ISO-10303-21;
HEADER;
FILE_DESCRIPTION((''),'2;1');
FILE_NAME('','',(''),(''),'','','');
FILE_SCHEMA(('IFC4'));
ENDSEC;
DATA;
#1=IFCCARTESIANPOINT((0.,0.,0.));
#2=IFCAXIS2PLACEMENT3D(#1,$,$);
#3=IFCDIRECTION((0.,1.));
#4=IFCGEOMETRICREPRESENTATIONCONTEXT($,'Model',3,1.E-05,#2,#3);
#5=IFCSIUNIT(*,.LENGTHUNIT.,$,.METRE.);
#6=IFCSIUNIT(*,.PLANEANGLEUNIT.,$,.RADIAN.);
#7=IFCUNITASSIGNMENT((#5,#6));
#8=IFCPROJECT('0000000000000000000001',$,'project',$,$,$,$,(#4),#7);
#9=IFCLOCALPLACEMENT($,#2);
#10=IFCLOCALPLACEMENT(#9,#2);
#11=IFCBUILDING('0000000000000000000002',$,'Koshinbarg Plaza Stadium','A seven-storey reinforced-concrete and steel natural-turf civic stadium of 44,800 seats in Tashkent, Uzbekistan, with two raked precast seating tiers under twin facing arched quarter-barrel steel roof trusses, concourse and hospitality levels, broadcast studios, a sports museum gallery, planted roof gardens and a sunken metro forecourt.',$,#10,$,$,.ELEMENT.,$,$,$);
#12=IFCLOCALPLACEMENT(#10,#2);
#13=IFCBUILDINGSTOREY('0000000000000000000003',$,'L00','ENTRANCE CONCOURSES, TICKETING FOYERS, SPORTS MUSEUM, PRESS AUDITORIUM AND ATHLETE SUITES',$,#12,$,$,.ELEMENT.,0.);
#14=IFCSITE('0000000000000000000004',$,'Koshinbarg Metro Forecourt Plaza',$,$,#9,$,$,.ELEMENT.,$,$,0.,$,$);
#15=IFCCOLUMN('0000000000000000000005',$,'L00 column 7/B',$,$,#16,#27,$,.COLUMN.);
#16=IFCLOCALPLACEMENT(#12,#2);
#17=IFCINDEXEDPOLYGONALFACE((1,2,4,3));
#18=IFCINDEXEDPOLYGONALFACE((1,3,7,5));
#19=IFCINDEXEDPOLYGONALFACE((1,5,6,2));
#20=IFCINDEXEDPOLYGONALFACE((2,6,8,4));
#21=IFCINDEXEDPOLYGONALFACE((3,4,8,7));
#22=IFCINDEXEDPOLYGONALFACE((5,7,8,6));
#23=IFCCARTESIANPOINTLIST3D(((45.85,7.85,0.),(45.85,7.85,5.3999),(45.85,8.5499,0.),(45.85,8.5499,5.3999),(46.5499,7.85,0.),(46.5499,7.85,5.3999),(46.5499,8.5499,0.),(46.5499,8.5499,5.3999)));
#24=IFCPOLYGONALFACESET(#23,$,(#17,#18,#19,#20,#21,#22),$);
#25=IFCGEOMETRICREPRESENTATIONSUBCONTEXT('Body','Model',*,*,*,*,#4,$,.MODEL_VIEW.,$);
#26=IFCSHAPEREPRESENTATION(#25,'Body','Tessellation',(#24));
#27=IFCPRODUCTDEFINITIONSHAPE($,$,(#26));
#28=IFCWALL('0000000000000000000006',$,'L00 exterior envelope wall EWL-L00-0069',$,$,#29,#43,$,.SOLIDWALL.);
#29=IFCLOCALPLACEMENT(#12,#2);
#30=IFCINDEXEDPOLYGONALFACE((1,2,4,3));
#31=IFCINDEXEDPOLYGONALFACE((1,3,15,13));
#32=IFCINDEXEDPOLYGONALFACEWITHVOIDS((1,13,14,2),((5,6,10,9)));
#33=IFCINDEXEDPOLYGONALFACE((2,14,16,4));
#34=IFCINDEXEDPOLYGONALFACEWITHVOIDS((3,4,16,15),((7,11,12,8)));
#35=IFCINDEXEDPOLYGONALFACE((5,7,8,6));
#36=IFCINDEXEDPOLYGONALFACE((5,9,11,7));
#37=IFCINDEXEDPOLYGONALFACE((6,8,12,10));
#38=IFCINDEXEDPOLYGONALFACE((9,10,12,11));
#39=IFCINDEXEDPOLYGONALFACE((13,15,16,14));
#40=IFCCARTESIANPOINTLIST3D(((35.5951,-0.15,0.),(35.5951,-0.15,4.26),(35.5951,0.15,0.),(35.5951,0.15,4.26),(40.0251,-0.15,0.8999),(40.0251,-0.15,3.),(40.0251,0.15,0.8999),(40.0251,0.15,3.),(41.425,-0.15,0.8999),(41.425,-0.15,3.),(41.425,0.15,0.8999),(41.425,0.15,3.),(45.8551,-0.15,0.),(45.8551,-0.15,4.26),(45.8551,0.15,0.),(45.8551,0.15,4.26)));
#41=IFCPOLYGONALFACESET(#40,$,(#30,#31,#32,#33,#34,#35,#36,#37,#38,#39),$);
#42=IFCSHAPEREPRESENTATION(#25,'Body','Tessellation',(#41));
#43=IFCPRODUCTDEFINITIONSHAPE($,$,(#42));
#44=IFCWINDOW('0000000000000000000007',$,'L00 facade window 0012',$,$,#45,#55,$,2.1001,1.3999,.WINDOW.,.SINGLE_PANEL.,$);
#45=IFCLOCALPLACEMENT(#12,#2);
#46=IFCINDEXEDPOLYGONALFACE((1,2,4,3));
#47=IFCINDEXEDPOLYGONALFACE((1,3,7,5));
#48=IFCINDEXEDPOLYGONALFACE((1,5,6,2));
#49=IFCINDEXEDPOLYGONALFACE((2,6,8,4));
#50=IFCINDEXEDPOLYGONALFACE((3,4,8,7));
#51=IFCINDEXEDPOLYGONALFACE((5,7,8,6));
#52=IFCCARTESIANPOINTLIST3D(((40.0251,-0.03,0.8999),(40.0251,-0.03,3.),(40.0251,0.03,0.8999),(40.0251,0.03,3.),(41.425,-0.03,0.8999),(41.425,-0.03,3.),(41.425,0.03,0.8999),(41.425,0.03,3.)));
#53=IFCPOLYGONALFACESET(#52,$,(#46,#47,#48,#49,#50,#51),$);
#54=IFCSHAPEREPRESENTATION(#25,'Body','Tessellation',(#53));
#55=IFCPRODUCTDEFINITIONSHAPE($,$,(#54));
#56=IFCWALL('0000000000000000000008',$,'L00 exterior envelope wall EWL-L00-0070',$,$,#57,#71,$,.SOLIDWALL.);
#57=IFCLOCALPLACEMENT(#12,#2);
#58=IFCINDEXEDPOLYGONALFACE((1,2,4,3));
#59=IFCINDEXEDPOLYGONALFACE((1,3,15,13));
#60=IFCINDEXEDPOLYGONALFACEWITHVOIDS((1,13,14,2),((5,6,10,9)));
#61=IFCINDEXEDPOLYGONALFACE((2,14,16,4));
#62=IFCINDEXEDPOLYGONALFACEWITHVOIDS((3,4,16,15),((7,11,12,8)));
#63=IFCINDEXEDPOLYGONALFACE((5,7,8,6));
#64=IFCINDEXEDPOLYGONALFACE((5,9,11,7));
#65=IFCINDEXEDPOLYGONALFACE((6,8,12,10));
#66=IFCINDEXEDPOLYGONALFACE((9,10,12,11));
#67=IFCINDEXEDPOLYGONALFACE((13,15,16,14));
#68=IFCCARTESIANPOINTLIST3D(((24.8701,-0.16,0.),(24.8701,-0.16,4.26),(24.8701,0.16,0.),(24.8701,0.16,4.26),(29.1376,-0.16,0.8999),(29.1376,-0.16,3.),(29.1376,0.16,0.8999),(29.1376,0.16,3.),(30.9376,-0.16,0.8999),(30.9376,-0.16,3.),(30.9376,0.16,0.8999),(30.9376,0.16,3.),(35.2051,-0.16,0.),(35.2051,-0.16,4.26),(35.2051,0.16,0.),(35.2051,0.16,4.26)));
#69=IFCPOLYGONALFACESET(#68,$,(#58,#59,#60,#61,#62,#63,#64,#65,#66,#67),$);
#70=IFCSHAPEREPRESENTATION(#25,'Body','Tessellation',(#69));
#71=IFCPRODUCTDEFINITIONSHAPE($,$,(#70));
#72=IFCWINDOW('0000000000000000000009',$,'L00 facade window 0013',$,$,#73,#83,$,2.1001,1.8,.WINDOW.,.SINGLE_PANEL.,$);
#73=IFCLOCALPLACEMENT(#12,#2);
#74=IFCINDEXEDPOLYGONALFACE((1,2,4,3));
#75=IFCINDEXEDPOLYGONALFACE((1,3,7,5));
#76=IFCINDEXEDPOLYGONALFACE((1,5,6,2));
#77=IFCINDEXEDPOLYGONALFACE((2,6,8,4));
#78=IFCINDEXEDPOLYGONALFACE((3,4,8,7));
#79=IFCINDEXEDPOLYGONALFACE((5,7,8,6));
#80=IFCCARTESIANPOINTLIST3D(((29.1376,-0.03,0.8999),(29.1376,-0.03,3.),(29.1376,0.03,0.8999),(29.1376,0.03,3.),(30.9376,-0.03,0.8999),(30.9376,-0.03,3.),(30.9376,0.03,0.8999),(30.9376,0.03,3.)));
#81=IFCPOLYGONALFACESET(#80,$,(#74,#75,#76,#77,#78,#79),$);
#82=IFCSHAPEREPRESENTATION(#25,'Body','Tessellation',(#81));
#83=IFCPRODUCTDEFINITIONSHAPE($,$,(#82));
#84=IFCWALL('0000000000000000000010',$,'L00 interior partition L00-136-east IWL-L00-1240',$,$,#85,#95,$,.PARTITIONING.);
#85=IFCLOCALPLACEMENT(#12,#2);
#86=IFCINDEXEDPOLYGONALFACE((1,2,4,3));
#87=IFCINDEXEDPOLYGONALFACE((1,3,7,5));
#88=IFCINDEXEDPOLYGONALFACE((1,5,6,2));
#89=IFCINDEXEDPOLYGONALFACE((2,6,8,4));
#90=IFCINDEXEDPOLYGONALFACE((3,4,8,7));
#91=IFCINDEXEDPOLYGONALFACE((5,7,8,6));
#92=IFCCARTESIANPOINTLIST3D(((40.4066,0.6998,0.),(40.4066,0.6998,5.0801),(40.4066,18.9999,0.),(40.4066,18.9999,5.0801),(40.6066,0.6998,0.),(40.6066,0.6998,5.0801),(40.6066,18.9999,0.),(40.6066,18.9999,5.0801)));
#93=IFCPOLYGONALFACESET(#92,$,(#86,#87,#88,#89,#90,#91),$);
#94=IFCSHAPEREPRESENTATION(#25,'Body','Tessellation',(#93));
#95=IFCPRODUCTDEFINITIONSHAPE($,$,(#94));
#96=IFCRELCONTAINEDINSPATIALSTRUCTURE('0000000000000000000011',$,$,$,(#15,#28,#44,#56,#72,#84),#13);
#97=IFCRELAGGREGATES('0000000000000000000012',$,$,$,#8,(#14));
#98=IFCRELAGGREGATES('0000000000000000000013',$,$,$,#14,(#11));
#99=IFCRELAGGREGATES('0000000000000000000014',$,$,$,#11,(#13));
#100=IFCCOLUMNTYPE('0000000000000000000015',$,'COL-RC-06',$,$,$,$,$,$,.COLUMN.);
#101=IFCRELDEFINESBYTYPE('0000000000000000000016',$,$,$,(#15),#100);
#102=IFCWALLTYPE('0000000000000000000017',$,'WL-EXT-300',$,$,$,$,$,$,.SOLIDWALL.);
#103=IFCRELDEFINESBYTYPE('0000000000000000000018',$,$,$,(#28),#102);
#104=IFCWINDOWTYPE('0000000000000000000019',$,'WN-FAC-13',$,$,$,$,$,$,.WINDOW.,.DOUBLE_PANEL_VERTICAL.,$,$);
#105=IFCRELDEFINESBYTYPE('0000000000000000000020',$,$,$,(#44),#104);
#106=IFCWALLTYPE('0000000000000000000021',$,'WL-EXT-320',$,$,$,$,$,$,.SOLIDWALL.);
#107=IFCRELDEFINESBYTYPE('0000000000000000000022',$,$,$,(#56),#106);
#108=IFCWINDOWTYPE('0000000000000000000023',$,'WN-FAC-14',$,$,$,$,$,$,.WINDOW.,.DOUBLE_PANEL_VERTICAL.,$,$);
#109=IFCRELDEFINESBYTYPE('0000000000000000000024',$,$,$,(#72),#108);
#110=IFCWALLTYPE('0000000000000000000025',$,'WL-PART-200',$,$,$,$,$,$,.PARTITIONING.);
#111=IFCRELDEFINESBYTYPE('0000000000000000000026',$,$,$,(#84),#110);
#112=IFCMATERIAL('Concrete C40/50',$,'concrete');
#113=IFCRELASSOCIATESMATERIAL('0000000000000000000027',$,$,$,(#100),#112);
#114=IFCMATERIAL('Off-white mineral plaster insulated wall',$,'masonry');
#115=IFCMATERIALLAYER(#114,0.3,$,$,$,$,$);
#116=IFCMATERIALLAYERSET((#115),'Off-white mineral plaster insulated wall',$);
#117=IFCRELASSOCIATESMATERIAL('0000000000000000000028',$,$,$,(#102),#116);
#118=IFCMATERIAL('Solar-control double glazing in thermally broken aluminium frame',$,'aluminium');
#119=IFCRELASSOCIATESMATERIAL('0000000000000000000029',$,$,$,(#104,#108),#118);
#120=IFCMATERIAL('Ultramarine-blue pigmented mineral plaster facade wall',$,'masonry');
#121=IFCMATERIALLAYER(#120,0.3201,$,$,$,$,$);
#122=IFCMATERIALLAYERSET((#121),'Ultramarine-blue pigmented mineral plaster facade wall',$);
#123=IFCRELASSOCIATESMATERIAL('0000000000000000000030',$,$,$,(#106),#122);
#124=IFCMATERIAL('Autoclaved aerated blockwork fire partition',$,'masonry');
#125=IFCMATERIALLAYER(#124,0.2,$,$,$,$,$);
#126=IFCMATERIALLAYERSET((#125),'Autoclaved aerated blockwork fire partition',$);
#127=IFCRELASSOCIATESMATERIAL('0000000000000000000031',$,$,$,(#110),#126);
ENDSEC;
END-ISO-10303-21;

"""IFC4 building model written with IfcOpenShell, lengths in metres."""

from ifc_helpers import new_model, si_unit, direction, frame, frame_2d, origin, origin_2d, place, context, subcontext, project, spatial, rectangle, extrude, material, layer, layer_set, material_profile, profile_set, type_object, element, fill, save


model = new_model("IFC4")

# Units and contexts
model_context = context("Model", 3, precision=1e-05, world=origin(), true_north=direction((0.0, 1.0)))
body_context = subcontext(model_context, "Body", "Model", "MODEL_VIEW")
ifc_project = project(units=[si_unit("LENGTHUNIT", "METRE"), si_unit("PLANEANGLEUNIT", "RADIAN")], contexts=[model_context])

# Site, building, storey
site_placement = place(None, origin())
site = spatial("IfcSite", under=ifc_project, at=site_placement, Name="Koshinbarg Metro Forecourt Plaza", CompositionType="ELEMENT", RefElevation=0.0)
building_placement = place(site_placement, origin())
building = spatial("IfcBuilding", under=site, at=building_placement, Name="Koshinbarg Plaza Stadium", Description="A seven-storey reinforced-concrete and steel natural-turf civic stadium of 44,800 seats in Tashkent, Uzbekistan, with two raked precast seating tiers under twin facing arched quarter-barrel steel roof trusses, concourse and hospitality levels, broadcast studios, a sports museum gallery, planted roof gardens and a sunken metro forecourt.", CompositionType="ELEMENT")
storey_placement = place(building_placement, origin())
storey = spatial("IfcBuildingStorey", under=building, at=storey_placement, Name="L00", Description="ENTRANCE CONCOURSES, TICKETING FOYERS, SPORTS MUSEUM, PRESS AUDITORIUM AND ATHLETE SUITES", CompositionType="ELEMENT", Elevation=0.0)

# Column
ifc_material_1 = material(Name="Concrete C40/50", Category="concrete")
ifc_material_profile_1 = material_profile(ifc_material_1, rectangle(XDim=0.7, YDim=0.7, at=origin_2d()), Name="RC 700x700")
ifc_profile_set_1 = profile_set([ifc_material_profile_1], Name="Concrete C40/50")
column_type_1 = type_object("IfcColumnType", Name="COL-RC-06", PredefinedType="COLUMN", material=ifc_profile_set_1)
for number, where, z_axis, x_axis, name in (
    (1, (46.2, 8.2, 0.0), (0.0, 0.0, 1.0), (1.0, 0.0, 0.0), "L00 column 7/B"),
):
    element("IfcColumn", number, at=place(storey_placement, frame(where, z_axis=z_axis, x_axis=x_axis)), inside=storey, type_object=column_type_1, Name=name, PredefinedType="COLUMN", context=body_context, shape_type="SweptSolid", body=[
        extrude(rectangle(XDim=0.7, YDim=0.7, at=origin_2d()), origin(), (0.0, 0.0, 1.0), 5.3999),
    ])

# Walls, openings, windows
ifc_material_2 = material(Name="Off-white mineral plaster insulated wall", Category="masonry")
ifc_layer_1 = layer(ifc_material_2, 0.3)
ifc_layer_set_1 = layer_set([ifc_layer_1], Name="Off-white mineral plaster insulated wall")
wall_type_1 = type_object("IfcWallType", Name="WL-EXT-300", PredefinedType="SOLIDWALL", material=ifc_layer_set_1)
wall_1_placement = place(storey_placement, frame((45.855, 0.0, 0.0), z_axis=(0.0, 0.0, 1.0), x_axis=(-1.0, 0.0, 0.0)))
wall_1 = element("IfcWall", 2, at=wall_1_placement, inside=storey, type_object=wall_type_1, Name="L00 exterior envelope wall EWL-L00-0069", PredefinedType="SOLIDWALL", context=body_context, shape_type="SweptSolid", body=[
    extrude(rectangle(XDim=10.26, YDim=0.3, at=frame_2d((5.1299, 0.0))), origin(), (0.0, 0.0, 1.0), 4.26),
])
opening_1_placement = place(wall_1_placement, frame((4.4299, 0.0, 0.8999)))
opening_1 = element("IfcOpeningElement", 3, at=opening_1_placement, cuts=wall_1, PredefinedType="OPENING", context=body_context, shape_type="SweptSolid", body=[
    extrude(rectangle(XDim=1.3999, YDim=2.1001, at=frame_2d((0.7, 1.05))), frame((0.0, 0.1599, 0.0), z_axis=(0.0, -1.0, 0.0), x_axis=(1.0, 0.0, 0.0)), (0.0, 0.0, 1.0), 0.3201),
])
ifc_material_3 = material(Name="Solar-control double glazing in thermally broken aluminium frame", Category="aluminium")
window_type_1 = type_object("IfcWindowType", Name="WN-FAC-13", PartitioningType="DOUBLE_PANEL_VERTICAL", PredefinedType="WINDOW", material=ifc_material_3)
window_1_placement = place(opening_1_placement, origin())
window_1 = element("IfcWindow", 4, at=window_1_placement, inside=storey, type_object=window_type_1, Name="L00 facade window 0012", OverallHeight=2.1001, OverallWidth=1.3999, PartitioningType="SINGLE_PANEL", PredefinedType="WINDOW", context=body_context, shape_type="SweptSolid", body=[
    extrude(rectangle(XDim=1.3999, YDim=2.1001, at=frame_2d((0.7, 1.05))), frame((0.0, 0.03, 0.0), z_axis=(0.0, -1.0, 0.0), x_axis=(1.0, 0.0, 0.0)), (0.0, 0.0, 1.0), 0.0601),
])
fill(opening_1, window_1)
ifc_material_4 = material(Name="Ultramarine-blue pigmented mineral plaster facade wall", Category="masonry")
ifc_layer_2 = layer(ifc_material_4, 0.3201)
ifc_layer_set_2 = layer_set([ifc_layer_2], Name="Ultramarine-blue pigmented mineral plaster facade wall")
wall_type_2 = type_object("IfcWallType", Name="WL-EXT-320", PredefinedType="SOLIDWALL", material=ifc_layer_set_2)
wall_2_placement = place(storey_placement, frame((35.2051, 0.0, 0.0), z_axis=(0.0, 0.0, 1.0), x_axis=(-1.0, 0.0, 0.0)))
wall_2 = element("IfcWall", 5, at=wall_2_placement, inside=storey, type_object=wall_type_2, Name="L00 exterior envelope wall EWL-L00-0070", PredefinedType="SOLIDWALL", context=body_context, shape_type="SweptSolid", body=[
    extrude(rectangle(XDim=10.335, YDim=0.3201, at=frame_2d((5.1675, 0.0))), origin(), (0.0, 0.0, 1.0), 4.26),
])
opening_2_placement = place(wall_2_placement, frame((4.2676, 0.0, 0.8999)))
opening_2 = element("IfcOpeningElement", 6, at=opening_2_placement, cuts=wall_2, PredefinedType="OPENING", context=body_context, shape_type="SweptSolid", body=[
    extrude(rectangle(XDim=1.8, YDim=2.1001, at=frame_2d((0.8999, 1.05))), frame((0.0, 0.1699, 0.0), z_axis=(0.0, -1.0, 0.0), x_axis=(1.0, 0.0, 0.0)), (0.0, 0.0, 1.0), 0.3401),
])
window_type_2 = type_object("IfcWindowType", Name="WN-FAC-14", PartitioningType="DOUBLE_PANEL_VERTICAL", PredefinedType="WINDOW", material=ifc_material_3)
window_2_placement = place(opening_2_placement, origin())
window_2 = element("IfcWindow", 7, at=window_2_placement, inside=storey, type_object=window_type_2, Name="L00 facade window 0013", OverallHeight=2.1001, OverallWidth=1.8, PartitioningType="SINGLE_PANEL", PredefinedType="WINDOW", context=body_context, shape_type="SweptSolid", body=[
    extrude(rectangle(XDim=1.8, YDim=2.1001, at=frame_2d((0.8999, 1.05))), frame((0.0, 0.03, 0.0), z_axis=(0.0, -1.0, 0.0), x_axis=(1.0, 0.0, 0.0)), (0.0, 0.0, 1.0), 0.0601),
])
fill(opening_2, window_2)

# Wall
ifc_material_5 = material(Name="Autoclaved aerated blockwork fire partition", Category="masonry")
ifc_layer_3 = layer(ifc_material_5, 0.2)
ifc_layer_set_3 = layer_set([ifc_layer_3], Name="Autoclaved aerated blockwork fire partition")
wall_type_3 = type_object("IfcWallType", Name="WL-PART-200", PredefinedType="PARTITIONING", material=ifc_layer_set_3)
wall_3_placement = place(storey_placement, frame((40.5066, 0.7, 0.0), z_axis=(0.0, 0.0, 1.0), x_axis=(0.0, 1.0, 0.0)))
element("IfcWall", 8, at=wall_3_placement, inside=storey, type_object=wall_type_3, Name="L00 interior partition L00-136-east IWL-L00-1240", PredefinedType="PARTITIONING", context=body_context, shape_type="SweptSolid", body=[
    extrude(rectangle(XDim=18.3, YDim=0.2, at=frame_2d((9.1499, 0.0))), origin(), (0.0, 0.0, 1.0), 5.0801),
])

save(model, "model.ifc")
